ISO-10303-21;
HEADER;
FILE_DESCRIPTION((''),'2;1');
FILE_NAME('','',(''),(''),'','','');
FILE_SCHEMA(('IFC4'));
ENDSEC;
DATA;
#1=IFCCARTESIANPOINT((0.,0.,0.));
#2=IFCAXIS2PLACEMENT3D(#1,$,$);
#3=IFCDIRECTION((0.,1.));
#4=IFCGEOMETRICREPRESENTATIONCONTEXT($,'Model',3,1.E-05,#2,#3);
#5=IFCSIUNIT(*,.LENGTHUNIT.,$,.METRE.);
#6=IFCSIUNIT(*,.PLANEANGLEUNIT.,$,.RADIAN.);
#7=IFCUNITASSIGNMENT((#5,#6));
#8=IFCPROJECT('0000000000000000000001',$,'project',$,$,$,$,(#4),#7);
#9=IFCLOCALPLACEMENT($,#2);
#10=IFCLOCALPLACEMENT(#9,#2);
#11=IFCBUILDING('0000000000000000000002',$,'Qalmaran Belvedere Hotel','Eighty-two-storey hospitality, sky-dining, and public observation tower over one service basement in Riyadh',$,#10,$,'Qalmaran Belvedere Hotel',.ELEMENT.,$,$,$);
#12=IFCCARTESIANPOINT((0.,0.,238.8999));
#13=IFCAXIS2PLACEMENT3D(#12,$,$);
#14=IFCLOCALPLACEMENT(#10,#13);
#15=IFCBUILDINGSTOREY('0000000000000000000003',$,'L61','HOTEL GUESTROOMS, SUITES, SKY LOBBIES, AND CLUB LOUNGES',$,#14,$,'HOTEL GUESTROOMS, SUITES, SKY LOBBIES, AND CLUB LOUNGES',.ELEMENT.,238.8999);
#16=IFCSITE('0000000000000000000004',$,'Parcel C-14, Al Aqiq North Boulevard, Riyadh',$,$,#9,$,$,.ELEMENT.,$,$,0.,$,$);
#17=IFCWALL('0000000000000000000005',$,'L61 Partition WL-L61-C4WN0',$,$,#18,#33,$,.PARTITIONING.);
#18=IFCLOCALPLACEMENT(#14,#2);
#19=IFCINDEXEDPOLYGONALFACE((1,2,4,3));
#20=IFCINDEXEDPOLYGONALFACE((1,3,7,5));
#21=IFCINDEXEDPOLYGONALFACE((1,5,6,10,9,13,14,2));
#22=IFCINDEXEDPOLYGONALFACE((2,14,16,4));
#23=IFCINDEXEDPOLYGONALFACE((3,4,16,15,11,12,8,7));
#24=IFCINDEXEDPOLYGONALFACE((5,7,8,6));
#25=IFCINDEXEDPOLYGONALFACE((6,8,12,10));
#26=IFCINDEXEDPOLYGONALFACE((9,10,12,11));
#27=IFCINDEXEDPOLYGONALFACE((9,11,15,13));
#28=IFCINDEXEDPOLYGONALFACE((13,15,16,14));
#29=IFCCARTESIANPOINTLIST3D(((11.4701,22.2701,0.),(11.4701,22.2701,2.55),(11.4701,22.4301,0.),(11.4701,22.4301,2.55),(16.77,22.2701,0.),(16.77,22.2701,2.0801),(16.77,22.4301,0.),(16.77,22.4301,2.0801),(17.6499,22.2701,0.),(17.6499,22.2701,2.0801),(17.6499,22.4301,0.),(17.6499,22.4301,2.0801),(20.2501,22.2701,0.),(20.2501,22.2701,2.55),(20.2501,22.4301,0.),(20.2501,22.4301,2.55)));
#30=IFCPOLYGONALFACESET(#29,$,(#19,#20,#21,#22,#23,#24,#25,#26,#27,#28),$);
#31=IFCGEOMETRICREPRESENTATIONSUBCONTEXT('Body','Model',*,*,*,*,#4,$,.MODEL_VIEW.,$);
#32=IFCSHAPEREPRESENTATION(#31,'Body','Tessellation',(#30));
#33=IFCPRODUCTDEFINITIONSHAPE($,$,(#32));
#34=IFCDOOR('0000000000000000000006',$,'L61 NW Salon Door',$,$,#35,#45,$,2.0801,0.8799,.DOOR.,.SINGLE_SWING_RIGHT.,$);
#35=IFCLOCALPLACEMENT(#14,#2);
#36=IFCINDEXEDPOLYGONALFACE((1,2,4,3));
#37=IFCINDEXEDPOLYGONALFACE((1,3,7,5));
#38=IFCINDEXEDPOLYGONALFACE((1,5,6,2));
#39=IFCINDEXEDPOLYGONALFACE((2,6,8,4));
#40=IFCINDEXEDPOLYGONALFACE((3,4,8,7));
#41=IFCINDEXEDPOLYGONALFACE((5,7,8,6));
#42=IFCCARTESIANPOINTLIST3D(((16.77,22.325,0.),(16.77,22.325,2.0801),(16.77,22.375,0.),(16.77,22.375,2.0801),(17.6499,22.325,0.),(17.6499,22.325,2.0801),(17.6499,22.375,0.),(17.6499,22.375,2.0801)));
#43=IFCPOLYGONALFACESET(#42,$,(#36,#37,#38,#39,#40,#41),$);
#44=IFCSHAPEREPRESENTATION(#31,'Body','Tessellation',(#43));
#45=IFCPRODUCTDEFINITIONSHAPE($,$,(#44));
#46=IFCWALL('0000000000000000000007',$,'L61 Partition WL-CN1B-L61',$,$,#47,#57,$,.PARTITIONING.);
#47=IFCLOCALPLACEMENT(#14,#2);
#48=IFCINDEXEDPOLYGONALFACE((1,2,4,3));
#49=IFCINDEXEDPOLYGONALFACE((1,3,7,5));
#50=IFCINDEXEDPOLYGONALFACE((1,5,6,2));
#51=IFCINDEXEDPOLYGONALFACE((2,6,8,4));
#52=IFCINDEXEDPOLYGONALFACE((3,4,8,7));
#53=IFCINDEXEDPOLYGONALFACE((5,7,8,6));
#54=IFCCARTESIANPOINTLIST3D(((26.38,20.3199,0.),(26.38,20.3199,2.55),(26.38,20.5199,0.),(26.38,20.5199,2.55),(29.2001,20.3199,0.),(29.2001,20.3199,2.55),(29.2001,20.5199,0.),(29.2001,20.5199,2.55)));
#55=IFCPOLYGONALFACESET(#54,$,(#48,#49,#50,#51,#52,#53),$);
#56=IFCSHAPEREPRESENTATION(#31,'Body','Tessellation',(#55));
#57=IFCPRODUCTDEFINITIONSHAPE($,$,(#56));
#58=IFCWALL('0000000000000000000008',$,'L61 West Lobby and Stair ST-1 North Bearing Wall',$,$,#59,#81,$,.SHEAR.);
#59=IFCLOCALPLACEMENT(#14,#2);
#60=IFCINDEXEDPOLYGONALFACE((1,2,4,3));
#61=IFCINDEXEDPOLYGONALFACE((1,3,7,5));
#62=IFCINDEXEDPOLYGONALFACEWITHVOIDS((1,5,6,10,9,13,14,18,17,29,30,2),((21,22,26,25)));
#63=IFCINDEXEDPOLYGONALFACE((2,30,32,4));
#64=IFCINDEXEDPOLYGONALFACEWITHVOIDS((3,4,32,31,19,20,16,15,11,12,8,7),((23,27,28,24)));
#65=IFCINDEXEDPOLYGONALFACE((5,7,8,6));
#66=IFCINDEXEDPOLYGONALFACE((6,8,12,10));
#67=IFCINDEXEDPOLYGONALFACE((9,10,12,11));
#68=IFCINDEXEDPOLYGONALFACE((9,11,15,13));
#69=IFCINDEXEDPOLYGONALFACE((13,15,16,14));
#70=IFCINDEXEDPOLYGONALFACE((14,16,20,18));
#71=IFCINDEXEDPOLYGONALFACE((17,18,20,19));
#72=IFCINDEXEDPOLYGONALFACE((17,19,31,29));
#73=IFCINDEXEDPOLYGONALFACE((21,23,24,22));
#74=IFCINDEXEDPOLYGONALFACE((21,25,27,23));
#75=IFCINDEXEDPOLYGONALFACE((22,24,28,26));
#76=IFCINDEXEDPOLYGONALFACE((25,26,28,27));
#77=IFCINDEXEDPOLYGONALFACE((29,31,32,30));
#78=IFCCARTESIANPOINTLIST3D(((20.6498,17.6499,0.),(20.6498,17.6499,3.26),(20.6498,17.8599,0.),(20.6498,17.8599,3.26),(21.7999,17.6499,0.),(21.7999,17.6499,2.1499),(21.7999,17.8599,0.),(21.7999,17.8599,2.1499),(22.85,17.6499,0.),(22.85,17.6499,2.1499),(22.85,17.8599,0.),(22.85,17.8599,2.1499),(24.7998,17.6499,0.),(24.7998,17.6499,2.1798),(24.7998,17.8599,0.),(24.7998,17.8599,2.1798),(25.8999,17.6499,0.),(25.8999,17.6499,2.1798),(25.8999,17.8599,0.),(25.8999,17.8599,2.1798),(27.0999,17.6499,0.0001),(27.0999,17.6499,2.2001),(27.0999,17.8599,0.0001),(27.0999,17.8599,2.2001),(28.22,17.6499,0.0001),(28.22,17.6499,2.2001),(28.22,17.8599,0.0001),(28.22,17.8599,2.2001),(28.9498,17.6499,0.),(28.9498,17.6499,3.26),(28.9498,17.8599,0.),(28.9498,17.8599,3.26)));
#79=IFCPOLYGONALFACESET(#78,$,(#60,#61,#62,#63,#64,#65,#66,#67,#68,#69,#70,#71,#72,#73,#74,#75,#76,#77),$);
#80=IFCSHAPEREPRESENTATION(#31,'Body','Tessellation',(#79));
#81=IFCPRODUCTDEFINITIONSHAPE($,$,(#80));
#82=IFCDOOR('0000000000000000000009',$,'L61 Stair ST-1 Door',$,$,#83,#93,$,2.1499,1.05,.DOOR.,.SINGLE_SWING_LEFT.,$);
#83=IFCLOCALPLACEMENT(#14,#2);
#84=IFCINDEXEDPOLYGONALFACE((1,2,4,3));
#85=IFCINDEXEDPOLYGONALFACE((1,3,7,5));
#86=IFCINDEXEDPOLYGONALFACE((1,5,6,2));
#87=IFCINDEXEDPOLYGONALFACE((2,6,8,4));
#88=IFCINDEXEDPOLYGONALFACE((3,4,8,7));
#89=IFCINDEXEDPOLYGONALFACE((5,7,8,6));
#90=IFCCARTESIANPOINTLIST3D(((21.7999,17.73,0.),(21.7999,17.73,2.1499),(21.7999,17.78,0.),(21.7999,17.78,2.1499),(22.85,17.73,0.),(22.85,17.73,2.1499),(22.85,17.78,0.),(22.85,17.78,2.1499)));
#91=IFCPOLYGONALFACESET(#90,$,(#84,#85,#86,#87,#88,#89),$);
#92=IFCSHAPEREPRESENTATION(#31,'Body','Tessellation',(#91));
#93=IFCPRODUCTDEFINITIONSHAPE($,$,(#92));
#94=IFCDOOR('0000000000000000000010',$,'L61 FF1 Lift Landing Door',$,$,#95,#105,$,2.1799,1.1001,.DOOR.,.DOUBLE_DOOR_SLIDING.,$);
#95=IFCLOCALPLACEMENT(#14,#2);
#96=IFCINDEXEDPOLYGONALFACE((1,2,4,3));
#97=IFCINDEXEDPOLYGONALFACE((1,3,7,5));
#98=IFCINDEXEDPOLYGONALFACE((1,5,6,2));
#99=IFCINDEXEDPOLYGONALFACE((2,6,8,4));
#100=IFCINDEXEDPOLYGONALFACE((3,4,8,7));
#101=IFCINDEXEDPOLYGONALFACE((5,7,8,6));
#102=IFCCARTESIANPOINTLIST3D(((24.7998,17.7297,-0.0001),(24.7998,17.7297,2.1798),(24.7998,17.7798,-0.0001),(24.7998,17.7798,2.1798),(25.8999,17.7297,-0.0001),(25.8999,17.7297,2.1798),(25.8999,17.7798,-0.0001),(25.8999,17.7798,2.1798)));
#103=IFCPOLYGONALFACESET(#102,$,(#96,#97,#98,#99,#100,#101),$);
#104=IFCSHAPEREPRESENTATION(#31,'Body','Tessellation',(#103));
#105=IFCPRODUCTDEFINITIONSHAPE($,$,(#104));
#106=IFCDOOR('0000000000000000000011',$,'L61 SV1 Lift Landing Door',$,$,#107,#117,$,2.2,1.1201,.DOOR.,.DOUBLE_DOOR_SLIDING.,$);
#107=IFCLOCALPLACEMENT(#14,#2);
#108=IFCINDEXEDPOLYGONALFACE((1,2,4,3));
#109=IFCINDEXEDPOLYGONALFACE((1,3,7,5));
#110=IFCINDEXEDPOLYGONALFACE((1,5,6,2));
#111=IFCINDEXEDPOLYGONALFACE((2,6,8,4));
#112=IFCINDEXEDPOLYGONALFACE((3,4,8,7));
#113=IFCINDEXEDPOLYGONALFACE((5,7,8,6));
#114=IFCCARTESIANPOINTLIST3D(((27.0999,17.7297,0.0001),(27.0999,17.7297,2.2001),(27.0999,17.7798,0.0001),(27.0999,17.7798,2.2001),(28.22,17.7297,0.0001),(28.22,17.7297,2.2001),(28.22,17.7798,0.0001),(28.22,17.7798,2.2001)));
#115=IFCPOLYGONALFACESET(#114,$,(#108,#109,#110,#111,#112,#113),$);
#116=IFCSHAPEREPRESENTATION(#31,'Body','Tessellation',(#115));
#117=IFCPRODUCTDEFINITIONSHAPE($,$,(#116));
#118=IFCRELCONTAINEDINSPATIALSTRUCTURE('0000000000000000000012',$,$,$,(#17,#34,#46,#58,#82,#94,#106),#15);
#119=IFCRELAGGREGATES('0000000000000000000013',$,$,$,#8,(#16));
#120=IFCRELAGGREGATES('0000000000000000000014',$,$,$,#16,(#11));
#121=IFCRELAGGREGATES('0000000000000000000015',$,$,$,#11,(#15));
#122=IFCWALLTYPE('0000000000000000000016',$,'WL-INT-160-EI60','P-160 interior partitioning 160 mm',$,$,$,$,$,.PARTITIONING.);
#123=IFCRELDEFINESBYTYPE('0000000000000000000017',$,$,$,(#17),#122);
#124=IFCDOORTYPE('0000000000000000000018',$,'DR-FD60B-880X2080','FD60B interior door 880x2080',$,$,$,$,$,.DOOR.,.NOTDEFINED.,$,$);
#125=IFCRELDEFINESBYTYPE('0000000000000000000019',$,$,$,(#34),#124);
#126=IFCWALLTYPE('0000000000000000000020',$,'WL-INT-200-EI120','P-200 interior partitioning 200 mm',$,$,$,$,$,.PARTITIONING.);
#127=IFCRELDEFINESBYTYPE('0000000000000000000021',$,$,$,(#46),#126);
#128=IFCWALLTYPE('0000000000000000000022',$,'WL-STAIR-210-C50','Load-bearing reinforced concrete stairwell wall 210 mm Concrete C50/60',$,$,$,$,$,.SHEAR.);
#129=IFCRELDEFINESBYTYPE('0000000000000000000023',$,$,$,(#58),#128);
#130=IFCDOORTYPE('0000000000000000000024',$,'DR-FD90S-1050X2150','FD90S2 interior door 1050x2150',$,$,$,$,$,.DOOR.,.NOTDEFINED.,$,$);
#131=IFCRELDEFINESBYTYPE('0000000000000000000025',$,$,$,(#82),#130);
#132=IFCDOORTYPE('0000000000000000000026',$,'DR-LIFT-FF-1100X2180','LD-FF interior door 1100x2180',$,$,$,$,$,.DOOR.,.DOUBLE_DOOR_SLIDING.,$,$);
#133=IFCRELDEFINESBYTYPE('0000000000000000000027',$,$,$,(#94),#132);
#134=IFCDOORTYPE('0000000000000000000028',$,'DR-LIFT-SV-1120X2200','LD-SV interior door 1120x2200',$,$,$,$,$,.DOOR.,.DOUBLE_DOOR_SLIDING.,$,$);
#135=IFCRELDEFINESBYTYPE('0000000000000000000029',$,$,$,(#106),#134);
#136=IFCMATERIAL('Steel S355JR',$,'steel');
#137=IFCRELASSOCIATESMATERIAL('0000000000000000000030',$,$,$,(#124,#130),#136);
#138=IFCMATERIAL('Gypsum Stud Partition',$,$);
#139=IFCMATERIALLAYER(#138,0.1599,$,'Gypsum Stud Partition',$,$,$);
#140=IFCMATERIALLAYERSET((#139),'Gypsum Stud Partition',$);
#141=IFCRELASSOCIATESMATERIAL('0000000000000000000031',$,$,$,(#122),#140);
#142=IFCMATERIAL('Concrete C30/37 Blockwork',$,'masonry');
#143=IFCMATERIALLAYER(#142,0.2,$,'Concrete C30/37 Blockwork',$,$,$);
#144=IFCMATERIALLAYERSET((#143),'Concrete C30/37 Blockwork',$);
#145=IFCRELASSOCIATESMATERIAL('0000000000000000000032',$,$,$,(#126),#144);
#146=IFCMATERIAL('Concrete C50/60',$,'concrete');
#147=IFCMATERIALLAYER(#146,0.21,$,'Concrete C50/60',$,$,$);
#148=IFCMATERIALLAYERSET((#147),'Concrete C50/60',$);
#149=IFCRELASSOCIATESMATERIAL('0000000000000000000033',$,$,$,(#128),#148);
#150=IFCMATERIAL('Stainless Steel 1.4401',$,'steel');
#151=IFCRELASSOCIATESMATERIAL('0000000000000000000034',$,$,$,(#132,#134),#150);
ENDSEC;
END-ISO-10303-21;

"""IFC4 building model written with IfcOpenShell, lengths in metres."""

from ifc_helpers import new_model, si_unit, direction, frame, frame_2d, origin, place, context, subcontext, project, spatial, rectangle, extrude, material, layer, layer_set, type_object, element, fill, save


model = new_model("IFC4")

# Units and contexts
model_context = context("Model", 3, precision=1e-05, world=origin(), true_north=direction((0.0, 1.0)))
body_context = subcontext(model_context, "Body", "Model", "MODEL_VIEW")
ifc_project = project(units=[si_unit("LENGTHUNIT", "METRE"), si_unit("PLANEANGLEUNIT", "RADIAN")], contexts=[model_context])

# Site, building, storey
site_placement = place(None, origin())
site = spatial("IfcSite", under=ifc_project, at=site_placement, Name="Parcel C-14, Al Aqiq North Boulevard, Riyadh", CompositionType="ELEMENT", RefElevation=0.0)
building_placement = place(site_placement, origin())
building = spatial("IfcBuilding", under=site, at=building_placement, Name="Qalmaran Belvedere Hotel", Description="Eighty-two-storey hospitality, sky-dining, and public observation tower over one service basement in Riyadh", LongName="Qalmaran Belvedere Hotel", CompositionType="ELEMENT")
storey_placement = place(building_placement, frame((0.0, 0.0, 238.8999)))
storey = spatial("IfcBuildingStorey", under=building, at=storey_placement, Name="L61", Description="HOTEL GUESTROOMS, SUITES, SKY LOBBIES, AND CLUB LOUNGES", LongName="HOTEL GUESTROOMS, SUITES, SKY LOBBIES, AND CLUB LOUNGES", CompositionType="ELEMENT", Elevation=238.8999)

# Shared definitions
ifc_material_1 = material(Name="Concrete C50/60", Category="concrete")

# Shared definitions
ifc_material_2 = material(Name="Steel S355JR", Category="steel")

# Shared definitions
ifc_material_3 = material(Name="Gypsum Stud Partition")
door_type_1 = type_object("IfcDoorType", Name="DR-FD60B-880X2080", Description="FD60B interior door 880x2080", OperationType="NOTDEFINED", PredefinedType="DOOR", material=ifc_material_2)

# Shared definitions
ifc_layer_1 = layer(ifc_material_3, 0.1599, Name="Gypsum Stud Partition")
ifc_layer_set_1 = layer_set([ifc_layer_1], Name="Gypsum Stud Partition")
wall_type_1 = type_object("IfcWallType", Name="WL-INT-160-EI60", Description="P-160 interior partitioning 160 mm", PredefinedType="PARTITIONING", material=ifc_layer_set_1)

# Wall, opening, door
wall_1_placement = place(storey_placement, frame((11.47, 22.3501, 0.0), z_axis=(0.0, 0.0, 1.0), x_axis=(1.0, 0.0, 0.0)))
wall_1 = element("IfcWall", 1, at=wall_1_placement, inside=storey, type_object=wall_type_1, Name="L61 Partition WL-L61-C4WN0", PredefinedType="PARTITIONING", context=body_context, shape_type="SweptSolid", body=[
    extrude(rectangle(XDim=8.78, YDim=0.1599, at=frame_2d((4.3901, 0.0))), origin(), (0.0, 0.0, 1.0), 2.55),
])
opening_1_placement = place(wall_1_placement, frame((5.3, 0.0, 0.0)))
opening_1 = element("IfcOpeningElement", 2, at=opening_1_placement, cuts=wall_1, PredefinedType="OPENING", context=body_context, shape_type="SweptSolid", body=[
    extrude(rectangle(XDim=0.8799, YDim=2.0801, at=frame_2d((0.4399, 1.04))), frame((0.0, 0.0898, 0.0), z_axis=(0.0, -1.0, 0.0), x_axis=(1.0, 0.0, 0.0)), (0.0, 0.0, 1.0), 0.1799),
])
door_1_placement = place(opening_1_placement, origin())
door_1 = element("IfcDoor", 3, at=door_1_placement, inside=storey, type_object=door_type_1, Name="L61 NW Salon Door", OperationType="SINGLE_SWING_RIGHT", OverallHeight=2.0801, OverallWidth=0.8799, PredefinedType="DOOR", context=body_context, shape_type="SweptSolid", body=[
    extrude(rectangle(XDim=0.8799, YDim=2.0801, at=frame_2d((0.4399, 1.04))), frame((0.0, 0.0249, 0.0), z_axis=(0.0, -1.0, 0.0), x_axis=(1.0, 0.0, 0.0)), (0.0, 0.0, 1.0), 0.05),
])
fill(opening_1, door_1)
ifc_material_4 = material(Name="Concrete C30/37 Blockwork", Category="masonry")
ifc_layer_2 = layer(ifc_material_4, 0.2, Name="Concrete C30/37 Blockwork")
ifc_layer_set_2 = layer_set([ifc_layer_2], Name="Concrete C30/37 Blockwork")
wall_type_2 = type_object("IfcWallType", Name="WL-INT-200-EI120", Description="P-200 interior partitioning 200 mm", PredefinedType="PARTITIONING", material=ifc_layer_set_2)

# Wall
wall_2_placement = place(storey_placement, frame((26.3799, 20.4199, 0.0), z_axis=(0.0, 0.0, 1.0), x_axis=(1.0, 0.0, 0.0)))
element("IfcWall", 4, at=wall_2_placement, inside=storey, type_object=wall_type_2, Name="L61 Partition WL-CN1B-L61", PredefinedType="PARTITIONING", context=body_context, shape_type="SweptSolid", body=[
    extrude(rectangle(XDim=2.8201, YDim=0.2, at=frame_2d((1.4102, 0.0))), origin(), (0.0, 0.0, 1.0), 2.55),
])

# Wall, openings, doors
ifc_layer_3 = layer(ifc_material_1, 0.21, Name="Concrete C50/60")
ifc_layer_set_3 = layer_set([ifc_layer_3], Name="Concrete C50/60")
wall_type_3 = type_object("IfcWallType", Name="WL-STAIR-210-C50", Description="Load-bearing reinforced concrete stairwell wall 210 mm Concrete C50/60", PredefinedType="SHEAR", material=ifc_layer_set_3)
wall_3_placement = place(storey_placement, frame((20.6499, 17.7549, 0.0), z_axis=(0.0, 0.0, 1.0), x_axis=(1.0, 0.0, 0.0)))
wall_3 = element("IfcWall", 5, at=wall_3_placement, inside=storey, type_object=wall_type_3, Name="L61 West Lobby and Stair ST-1 North Bearing Wall", PredefinedType="SHEAR", context=body_context, shape_type="SweptSolid", body=[
    extrude(rectangle(XDim=8.3, YDim=0.21, at=frame_2d((4.1499, 0.0))), origin(), (0.0, 0.0, 1.0), 3.26),
])
opening_2_placement = place(wall_3_placement, frame((2.2, 0.0, 0.0), z_axis=(0.0, 0.0, 1.0), x_axis=(-1.0, 0.0, 0.0)))
opening_2 = element("IfcOpeningElement", 6, at=opening_2_placement, cuts=wall_3, PredefinedType="OPENING", context=body_context, shape_type="SweptSolid", body=[
    extrude(rectangle(XDim=1.05, YDim=2.1499, at=frame_2d((0.5249, 1.075))), frame((0.0, 0.115, 0.0), z_axis=(0.0, -1.0, 0.0), x_axis=(1.0, 0.0, 0.0)), (0.0, 0.0, 1.0), 0.23),
])
opening_3_placement = place(wall_3_placement, frame((4.1499, 0.0, 0.0)))
opening_3 = element("IfcOpeningElement", 7, at=opening_3_placement, cuts=wall_3, PredefinedType="OPENING", context=body_context, shape_type="SweptSolid", body=[
    extrude(rectangle(XDim=1.1001, YDim=2.1799, at=frame_2d((0.55, 1.0898))), frame((0.0, 0.115, 0.0), z_axis=(0.0, -1.0, 0.0), x_axis=(1.0, 0.0, 0.0)), (0.0, 0.0, 1.0), 0.23),
])
opening_4_placement = place(wall_3_placement, frame((6.45, 0.0, 0.0)))
opening_4 = element("IfcOpeningElement", 8, at=opening_4_placement, cuts=wall_3, PredefinedType="OPENING", context=body_context, shape_type="SweptSolid", body=[
    extrude(rectangle(XDim=1.1201, YDim=2.2, at=frame_2d((0.5601, 1.1001))), frame((0.0, 0.115, 0.0), z_axis=(0.0, -1.0, 0.0), x_axis=(1.0, 0.0, 0.0)), (0.0, 0.0, 1.0), 0.23),
])
door_type_2 = type_object("IfcDoorType", Name="DR-FD90S-1050X2150", Description="FD90S2 interior door 1050x2150", OperationType="NOTDEFINED", PredefinedType="DOOR", material=ifc_material_2)
door_2_placement = place(opening_2_placement, origin())
door_2 = element("IfcDoor", 9, at=door_2_placement, inside=storey, type_object=door_type_2, Name="L61 Stair ST-1 Door", OperationType="SINGLE_SWING_LEFT", OverallHeight=2.1499, OverallWidth=1.05, PredefinedType="DOOR", context=body_context, shape_type="SweptSolid", body=[
    extrude(rectangle(XDim=1.05, YDim=2.1499, at=frame_2d((0.5249, 1.075))), frame((0.0, 0.0249, 0.0), z_axis=(0.0, -1.0, 0.0), x_axis=(1.0, 0.0, 0.0)), (0.0, 0.0, 1.0), 0.05),
])
fill(opening_2, door_2)
ifc_material_5 = material(Name="Stainless Steel 1.4401", Category="steel")
door_type_3 = type_object("IfcDoorType", Name="DR-LIFT-FF-1100X2180", Description="LD-FF interior door 1100x2180", OperationType="DOUBLE_DOOR_SLIDING", PredefinedType="DOOR", material=ifc_material_5)
door_3_placement = place(opening_3_placement, origin())
door_3 = element("IfcDoor", 10, at=door_3_placement, inside=storey, type_object=door_type_3, Name="L61 FF1 Lift Landing Door", OperationType="DOUBLE_DOOR_SLIDING", OverallHeight=2.1799, OverallWidth=1.1001, PredefinedType="DOOR", context=body_context, shape_type="SweptSolid", body=[
    extrude(rectangle(XDim=1.1001, YDim=2.1799, at=frame_2d((0.55, 1.0898))), frame((0.0, 0.0249, 0.0), z_axis=(0.0, -1.0, 0.0), x_axis=(1.0, 0.0, 0.0)), (0.0, 0.0, 1.0), 0.05),
])
fill(opening_3, door_3)
door_type_4 = type_object("IfcDoorType", Name="DR-LIFT-SV-1120X2200", Description="LD-SV interior door 1120x2200", OperationType="DOUBLE_DOOR_SLIDING", PredefinedType="DOOR", material=ifc_material_5)
door_4_placement = place(opening_4_placement, origin())
door_4 = element("IfcDoor", 11, at=door_4_placement, inside=storey, type_object=door_type_4, Name="L61 SV1 Lift Landing Door", OperationType="DOUBLE_DOOR_SLIDING", OverallHeight=2.2, OverallWidth=1.1201, PredefinedType="DOOR", context=body_context, shape_type="SweptSolid", body=[
    extrude(rectangle(XDim=1.1201, YDim=2.2, at=frame_2d((0.5601, 1.1001))), frame((0.0, 0.0249, 0.0), z_axis=(0.0, -1.0, 0.0), x_axis=(1.0, 0.0, 0.0)), (0.0, 0.0, 1.0), 0.05),
])
fill(opening_4, door_4)

save(model, "model.ifc")
